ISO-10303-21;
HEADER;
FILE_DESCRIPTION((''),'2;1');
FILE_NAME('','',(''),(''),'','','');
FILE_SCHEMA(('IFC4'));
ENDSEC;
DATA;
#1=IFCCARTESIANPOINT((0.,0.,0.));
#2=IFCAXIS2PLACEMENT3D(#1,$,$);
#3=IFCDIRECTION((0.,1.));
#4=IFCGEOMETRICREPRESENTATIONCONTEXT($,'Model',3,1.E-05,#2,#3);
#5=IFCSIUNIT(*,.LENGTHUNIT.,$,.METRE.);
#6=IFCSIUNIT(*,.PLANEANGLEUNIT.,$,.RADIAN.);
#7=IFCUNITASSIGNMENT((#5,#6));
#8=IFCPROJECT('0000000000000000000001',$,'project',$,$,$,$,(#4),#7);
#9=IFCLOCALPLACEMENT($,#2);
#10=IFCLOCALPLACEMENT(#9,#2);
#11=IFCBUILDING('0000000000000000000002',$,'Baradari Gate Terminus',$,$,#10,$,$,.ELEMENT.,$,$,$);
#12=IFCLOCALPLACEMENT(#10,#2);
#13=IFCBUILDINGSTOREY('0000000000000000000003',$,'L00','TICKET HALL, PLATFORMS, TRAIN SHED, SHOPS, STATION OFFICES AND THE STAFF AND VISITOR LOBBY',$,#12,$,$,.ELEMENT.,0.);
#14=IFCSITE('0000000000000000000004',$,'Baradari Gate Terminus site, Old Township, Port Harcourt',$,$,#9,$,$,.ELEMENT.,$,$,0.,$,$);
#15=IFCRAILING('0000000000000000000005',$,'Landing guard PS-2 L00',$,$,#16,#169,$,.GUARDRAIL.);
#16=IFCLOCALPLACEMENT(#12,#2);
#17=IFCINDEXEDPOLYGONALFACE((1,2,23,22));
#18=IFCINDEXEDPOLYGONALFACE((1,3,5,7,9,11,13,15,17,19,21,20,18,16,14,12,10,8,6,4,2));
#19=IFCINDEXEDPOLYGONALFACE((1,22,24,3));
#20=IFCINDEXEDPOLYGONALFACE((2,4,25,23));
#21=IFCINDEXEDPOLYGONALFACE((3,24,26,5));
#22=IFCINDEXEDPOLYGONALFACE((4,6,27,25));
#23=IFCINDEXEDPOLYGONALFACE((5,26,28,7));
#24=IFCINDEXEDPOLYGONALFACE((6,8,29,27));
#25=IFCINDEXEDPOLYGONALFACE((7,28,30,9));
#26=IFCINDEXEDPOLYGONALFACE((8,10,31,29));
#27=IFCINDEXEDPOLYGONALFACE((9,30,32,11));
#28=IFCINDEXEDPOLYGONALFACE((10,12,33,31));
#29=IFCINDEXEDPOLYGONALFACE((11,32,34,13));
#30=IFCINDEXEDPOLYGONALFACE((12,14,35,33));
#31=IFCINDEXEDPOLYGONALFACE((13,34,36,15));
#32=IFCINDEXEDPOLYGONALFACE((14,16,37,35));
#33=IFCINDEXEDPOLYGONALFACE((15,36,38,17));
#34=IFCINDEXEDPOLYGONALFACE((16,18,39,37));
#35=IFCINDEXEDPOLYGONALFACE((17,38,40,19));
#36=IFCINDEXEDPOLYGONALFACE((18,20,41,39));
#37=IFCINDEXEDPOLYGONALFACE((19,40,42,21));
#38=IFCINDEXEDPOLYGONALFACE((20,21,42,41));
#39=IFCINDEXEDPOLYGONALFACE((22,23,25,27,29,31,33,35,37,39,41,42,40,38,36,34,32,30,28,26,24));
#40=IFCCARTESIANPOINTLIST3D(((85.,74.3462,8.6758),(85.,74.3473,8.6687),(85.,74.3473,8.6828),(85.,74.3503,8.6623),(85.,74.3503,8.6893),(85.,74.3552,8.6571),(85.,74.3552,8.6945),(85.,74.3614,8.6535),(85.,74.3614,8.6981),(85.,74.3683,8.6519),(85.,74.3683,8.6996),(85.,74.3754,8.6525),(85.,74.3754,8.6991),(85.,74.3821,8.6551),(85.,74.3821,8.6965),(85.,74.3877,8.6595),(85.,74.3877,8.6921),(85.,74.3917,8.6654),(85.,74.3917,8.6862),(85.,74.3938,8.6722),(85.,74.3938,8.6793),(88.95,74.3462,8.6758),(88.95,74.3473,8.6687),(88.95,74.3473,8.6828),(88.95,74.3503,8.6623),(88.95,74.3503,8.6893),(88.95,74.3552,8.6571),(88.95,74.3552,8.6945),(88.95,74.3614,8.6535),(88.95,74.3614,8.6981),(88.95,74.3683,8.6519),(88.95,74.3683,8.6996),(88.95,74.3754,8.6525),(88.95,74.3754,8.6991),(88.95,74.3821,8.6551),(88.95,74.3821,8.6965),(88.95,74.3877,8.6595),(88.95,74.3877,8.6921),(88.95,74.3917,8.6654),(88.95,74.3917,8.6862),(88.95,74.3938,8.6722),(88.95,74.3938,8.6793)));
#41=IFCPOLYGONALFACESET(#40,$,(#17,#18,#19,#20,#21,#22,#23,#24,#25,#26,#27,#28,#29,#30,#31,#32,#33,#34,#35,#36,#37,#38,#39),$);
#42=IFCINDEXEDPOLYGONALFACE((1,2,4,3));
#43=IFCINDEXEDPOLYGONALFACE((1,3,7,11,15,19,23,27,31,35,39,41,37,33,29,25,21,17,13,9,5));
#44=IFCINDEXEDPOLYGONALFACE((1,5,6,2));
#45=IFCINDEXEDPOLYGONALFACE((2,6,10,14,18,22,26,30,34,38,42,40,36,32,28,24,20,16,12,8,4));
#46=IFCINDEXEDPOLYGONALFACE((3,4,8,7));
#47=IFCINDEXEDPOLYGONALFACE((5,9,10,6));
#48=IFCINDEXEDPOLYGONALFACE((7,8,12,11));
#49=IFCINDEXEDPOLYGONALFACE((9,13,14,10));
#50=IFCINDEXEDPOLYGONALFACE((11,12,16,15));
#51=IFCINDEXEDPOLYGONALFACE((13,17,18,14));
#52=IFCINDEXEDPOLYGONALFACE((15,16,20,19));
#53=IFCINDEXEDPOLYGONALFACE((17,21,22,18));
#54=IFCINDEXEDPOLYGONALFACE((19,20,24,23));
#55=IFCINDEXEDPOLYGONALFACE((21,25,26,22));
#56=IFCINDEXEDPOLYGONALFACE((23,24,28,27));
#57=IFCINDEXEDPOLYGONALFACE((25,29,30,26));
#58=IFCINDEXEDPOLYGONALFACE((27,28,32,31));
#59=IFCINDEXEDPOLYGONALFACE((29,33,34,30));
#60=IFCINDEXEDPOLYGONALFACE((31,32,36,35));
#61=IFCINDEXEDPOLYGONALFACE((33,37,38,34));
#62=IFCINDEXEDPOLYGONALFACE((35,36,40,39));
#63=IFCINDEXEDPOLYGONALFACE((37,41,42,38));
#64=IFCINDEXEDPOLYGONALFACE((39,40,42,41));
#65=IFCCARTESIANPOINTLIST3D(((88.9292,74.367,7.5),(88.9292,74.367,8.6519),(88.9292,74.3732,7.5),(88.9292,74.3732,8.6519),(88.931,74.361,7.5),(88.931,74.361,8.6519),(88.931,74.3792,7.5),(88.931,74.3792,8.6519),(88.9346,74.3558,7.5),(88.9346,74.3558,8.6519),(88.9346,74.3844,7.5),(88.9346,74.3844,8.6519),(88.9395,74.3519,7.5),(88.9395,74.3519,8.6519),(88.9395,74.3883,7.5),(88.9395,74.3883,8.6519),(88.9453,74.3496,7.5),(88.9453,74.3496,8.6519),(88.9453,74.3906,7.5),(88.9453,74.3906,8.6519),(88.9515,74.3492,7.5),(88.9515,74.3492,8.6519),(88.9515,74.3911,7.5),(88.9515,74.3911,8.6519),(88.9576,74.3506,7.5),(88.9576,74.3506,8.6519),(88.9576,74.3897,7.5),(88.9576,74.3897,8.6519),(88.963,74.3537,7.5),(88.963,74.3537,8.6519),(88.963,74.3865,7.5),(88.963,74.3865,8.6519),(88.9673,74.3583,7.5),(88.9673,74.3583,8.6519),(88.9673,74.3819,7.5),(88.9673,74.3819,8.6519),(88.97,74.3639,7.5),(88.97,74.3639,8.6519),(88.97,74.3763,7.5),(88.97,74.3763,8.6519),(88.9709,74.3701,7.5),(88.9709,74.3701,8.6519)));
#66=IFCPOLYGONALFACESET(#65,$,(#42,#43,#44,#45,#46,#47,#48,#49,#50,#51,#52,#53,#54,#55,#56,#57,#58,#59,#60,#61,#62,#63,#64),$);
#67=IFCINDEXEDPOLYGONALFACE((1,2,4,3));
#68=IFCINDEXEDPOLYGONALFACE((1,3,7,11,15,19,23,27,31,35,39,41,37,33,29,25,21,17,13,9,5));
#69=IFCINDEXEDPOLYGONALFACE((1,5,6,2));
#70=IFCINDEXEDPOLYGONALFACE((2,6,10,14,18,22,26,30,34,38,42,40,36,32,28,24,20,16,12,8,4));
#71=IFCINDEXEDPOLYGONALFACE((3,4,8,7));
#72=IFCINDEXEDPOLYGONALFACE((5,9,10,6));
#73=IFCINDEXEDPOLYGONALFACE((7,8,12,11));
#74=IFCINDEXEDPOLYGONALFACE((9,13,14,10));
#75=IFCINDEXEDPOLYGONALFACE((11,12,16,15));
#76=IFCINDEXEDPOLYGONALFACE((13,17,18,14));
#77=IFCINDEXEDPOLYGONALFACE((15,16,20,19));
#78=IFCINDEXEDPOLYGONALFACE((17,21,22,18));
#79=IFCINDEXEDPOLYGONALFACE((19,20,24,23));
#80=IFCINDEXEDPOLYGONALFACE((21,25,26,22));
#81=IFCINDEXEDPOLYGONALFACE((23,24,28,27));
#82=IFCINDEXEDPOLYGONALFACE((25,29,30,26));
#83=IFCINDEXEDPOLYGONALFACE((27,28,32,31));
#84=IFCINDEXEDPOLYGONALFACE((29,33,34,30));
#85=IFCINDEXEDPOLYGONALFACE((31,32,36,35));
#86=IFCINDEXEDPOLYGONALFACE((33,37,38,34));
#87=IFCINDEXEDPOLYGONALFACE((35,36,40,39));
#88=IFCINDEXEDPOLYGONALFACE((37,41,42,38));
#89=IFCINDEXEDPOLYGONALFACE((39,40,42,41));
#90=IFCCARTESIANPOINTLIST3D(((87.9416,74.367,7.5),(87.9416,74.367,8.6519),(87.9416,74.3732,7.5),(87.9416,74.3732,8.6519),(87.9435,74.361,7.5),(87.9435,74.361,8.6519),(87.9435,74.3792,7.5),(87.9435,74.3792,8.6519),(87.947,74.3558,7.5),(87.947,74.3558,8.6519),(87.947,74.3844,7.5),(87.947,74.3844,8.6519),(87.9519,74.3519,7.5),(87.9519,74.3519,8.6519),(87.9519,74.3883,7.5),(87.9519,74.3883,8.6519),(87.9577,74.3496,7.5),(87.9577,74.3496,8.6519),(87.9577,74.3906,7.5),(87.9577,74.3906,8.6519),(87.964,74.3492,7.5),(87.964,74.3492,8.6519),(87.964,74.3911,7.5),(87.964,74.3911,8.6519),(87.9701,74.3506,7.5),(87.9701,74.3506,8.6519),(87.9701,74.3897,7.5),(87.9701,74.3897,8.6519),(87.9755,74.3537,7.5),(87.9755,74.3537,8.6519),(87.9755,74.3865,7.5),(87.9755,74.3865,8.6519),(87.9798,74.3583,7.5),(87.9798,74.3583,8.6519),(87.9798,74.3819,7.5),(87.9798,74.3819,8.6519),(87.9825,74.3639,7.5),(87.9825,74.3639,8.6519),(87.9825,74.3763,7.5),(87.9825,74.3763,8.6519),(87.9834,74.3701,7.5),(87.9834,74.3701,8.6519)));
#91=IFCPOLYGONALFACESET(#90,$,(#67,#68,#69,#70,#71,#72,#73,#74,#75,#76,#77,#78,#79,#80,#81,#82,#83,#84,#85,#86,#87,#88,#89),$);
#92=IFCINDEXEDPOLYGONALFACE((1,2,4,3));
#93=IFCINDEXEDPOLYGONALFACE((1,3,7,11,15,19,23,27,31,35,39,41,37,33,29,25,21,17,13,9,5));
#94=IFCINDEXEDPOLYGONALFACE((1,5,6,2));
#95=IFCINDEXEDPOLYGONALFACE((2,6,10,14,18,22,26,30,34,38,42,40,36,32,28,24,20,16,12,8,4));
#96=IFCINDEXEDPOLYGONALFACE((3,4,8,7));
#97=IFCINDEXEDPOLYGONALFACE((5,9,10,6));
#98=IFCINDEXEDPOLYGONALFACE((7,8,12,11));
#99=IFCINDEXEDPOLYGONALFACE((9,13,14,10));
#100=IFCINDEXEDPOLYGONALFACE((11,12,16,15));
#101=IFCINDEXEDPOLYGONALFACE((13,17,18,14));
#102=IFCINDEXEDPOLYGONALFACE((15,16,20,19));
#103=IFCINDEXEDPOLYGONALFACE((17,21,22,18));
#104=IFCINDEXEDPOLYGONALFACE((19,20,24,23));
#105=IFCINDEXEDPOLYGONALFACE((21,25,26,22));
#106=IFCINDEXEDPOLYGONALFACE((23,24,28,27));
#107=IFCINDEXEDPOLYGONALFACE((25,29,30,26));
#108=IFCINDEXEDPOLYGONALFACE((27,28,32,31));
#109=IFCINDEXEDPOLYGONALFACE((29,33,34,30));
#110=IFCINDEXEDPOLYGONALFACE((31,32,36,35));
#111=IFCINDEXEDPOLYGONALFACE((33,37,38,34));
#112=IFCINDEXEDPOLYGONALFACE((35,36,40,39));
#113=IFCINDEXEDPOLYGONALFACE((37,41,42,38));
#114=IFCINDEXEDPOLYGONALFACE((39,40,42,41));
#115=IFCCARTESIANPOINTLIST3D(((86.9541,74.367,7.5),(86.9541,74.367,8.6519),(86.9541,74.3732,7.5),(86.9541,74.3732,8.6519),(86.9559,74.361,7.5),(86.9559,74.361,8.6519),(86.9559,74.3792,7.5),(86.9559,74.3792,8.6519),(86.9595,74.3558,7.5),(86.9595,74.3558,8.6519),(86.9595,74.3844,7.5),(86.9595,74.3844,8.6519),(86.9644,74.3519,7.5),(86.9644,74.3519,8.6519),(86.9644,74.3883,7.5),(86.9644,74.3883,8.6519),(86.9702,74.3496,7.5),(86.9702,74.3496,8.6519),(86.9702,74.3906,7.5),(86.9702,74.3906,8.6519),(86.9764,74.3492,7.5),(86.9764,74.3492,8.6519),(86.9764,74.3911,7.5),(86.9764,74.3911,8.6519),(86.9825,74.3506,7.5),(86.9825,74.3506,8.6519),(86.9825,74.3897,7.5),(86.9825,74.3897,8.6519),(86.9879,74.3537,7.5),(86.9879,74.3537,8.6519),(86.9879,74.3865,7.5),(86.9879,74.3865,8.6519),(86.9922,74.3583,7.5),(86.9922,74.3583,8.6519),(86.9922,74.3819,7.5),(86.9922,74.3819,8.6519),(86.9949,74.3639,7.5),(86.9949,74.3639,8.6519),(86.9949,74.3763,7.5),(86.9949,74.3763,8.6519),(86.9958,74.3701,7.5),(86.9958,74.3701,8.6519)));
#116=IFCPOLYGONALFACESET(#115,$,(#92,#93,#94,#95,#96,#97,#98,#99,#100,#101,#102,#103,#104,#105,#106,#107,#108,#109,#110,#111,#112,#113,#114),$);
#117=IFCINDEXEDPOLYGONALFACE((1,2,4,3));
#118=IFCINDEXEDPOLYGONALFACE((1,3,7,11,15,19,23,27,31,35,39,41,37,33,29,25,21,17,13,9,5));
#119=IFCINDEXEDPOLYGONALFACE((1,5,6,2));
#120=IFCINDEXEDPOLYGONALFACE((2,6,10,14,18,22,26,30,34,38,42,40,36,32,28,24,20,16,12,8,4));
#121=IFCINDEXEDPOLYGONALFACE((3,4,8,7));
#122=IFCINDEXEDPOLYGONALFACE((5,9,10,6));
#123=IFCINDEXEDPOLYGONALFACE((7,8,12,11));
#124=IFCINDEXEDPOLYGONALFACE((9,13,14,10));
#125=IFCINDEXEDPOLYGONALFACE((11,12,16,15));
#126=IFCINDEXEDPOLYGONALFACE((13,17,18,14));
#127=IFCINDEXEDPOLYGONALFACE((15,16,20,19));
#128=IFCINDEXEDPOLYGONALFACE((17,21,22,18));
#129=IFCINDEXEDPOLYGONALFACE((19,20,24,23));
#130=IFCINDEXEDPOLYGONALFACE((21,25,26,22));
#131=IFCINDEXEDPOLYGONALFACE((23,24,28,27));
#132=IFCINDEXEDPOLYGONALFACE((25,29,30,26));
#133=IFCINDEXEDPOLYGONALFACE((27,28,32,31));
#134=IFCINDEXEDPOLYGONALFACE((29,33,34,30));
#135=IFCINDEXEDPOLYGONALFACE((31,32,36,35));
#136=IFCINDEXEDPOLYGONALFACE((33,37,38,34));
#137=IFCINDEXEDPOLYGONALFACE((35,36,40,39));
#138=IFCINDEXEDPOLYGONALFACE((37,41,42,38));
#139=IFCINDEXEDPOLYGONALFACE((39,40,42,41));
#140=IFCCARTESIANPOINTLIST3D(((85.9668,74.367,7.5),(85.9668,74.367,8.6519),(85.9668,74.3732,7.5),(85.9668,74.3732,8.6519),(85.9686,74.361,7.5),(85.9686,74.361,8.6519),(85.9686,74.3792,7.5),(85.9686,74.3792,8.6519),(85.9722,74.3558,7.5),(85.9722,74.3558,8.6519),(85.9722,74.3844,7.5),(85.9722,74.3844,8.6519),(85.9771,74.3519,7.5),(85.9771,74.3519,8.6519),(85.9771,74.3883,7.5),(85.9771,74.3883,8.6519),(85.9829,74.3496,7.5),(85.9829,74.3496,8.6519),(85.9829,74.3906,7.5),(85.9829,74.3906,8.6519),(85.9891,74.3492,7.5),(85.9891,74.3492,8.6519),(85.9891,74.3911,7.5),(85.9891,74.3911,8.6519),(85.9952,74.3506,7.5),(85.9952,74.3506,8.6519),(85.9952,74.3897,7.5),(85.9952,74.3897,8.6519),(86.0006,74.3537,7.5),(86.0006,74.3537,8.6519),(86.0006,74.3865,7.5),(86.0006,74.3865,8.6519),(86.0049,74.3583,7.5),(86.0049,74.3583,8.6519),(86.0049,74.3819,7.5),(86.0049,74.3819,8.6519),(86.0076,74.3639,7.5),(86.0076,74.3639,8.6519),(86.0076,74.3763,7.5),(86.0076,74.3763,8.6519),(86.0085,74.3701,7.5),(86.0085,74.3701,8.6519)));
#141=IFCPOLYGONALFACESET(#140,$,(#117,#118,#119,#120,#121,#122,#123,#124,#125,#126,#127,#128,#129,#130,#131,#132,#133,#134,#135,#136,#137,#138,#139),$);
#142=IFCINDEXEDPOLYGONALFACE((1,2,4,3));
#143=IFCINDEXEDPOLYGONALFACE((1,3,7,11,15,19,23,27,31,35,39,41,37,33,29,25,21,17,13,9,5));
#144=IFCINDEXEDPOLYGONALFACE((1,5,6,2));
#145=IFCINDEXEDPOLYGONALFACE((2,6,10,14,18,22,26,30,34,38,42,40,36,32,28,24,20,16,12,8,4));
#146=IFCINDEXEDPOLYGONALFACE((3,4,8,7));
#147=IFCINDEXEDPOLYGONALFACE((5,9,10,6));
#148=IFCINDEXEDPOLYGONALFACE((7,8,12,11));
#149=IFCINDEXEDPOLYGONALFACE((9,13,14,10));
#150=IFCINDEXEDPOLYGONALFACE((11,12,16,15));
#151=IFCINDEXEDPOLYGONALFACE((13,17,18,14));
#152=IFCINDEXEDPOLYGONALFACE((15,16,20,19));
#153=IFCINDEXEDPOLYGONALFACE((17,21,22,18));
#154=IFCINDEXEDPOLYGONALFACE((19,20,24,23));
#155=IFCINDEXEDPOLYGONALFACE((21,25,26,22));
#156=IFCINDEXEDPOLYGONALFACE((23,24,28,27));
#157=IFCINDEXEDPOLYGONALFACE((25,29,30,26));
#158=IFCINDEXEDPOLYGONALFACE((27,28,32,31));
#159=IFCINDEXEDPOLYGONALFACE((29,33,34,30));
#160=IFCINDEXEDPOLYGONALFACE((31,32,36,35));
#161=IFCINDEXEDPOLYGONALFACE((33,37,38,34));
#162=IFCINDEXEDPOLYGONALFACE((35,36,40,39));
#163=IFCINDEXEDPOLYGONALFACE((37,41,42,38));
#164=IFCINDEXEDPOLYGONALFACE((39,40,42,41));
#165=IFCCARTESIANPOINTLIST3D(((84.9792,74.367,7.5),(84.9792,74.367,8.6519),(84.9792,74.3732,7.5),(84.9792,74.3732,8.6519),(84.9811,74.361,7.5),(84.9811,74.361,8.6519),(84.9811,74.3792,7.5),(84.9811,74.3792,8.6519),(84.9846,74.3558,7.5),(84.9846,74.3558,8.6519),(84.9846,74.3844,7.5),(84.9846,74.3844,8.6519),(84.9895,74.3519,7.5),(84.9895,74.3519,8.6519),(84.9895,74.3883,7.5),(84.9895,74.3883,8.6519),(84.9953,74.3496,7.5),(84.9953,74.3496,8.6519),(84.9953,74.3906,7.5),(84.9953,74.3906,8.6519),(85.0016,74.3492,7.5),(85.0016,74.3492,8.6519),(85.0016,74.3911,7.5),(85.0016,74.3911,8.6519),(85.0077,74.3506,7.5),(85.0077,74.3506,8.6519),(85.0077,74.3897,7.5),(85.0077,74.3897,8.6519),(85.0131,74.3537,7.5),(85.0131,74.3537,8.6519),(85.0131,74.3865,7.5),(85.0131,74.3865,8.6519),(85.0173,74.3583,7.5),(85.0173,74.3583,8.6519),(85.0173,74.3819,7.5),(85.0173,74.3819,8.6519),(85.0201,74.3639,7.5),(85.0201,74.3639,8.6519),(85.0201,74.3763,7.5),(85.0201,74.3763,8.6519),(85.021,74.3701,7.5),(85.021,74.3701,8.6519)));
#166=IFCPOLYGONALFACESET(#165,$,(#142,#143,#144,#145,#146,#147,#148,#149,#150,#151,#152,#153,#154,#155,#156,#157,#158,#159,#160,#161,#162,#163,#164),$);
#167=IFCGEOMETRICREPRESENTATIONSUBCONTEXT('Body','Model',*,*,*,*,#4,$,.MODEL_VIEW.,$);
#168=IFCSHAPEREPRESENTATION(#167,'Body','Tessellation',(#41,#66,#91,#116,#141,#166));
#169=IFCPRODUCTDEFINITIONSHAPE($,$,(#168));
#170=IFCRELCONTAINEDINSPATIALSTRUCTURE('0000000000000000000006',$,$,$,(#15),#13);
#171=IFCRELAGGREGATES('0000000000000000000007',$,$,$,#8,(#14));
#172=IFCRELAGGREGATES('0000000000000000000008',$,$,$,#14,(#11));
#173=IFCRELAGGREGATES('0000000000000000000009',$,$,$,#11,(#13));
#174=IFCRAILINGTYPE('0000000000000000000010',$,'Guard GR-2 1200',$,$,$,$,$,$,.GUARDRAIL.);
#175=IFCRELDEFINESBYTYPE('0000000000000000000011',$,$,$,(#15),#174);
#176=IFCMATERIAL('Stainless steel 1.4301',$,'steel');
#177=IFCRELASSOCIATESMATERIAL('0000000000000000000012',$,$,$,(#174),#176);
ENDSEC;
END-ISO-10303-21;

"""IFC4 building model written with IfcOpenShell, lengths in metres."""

from ifc_helpers import new_model, si_unit, direction, frame, origin, origin_2d, place, context, subcontext, project, spatial, circle, extrude, material, type_object, element, save


model = new_model("IFC4")

# Units and contexts
model_context = context("Model", 3, precision=1e-05, world=origin(), true_north=direction((0.0, 1.0)))
body_context = subcontext(model_context, "Body", "Model", "MODEL_VIEW")
ifc_project = project(units=[si_unit("LENGTHUNIT", "METRE"), si_unit("PLANEANGLEUNIT", "RADIAN")], contexts=[model_context])

# Site, building, storey
site_placement = place(None, origin())
site = spatial("IfcSite", under=ifc_project, at=site_placement, Name="Baradari Gate Terminus site, Old Township, Port Harcourt", CompositionType="ELEMENT", RefElevation=0.0)
building_placement = place(site_placement, origin())
building = spatial("IfcBuilding", under=site, at=building_placement, Name="Baradari Gate Terminus", CompositionType="ELEMENT")
storey_placement = place(building_placement, origin())
storey = spatial("IfcBuildingStorey", under=building, at=storey_placement, Name="L00", Description="TICKET HALL, PLATFORMS, TRAIN SHED, SHOPS, STATION OFFICES AND THE STAFF AND VISITOR LOBBY", CompositionType="ELEMENT", Elevation=0.0)

# Railing
ifc_material_1 = material(Name="Stainless steel 1.4301", Category="steel")
railing_type_1 = type_object("IfcRailingType", Name="Guard GR-2 1200", PredefinedType="GUARDRAIL", material=ifc_material_1)
railing_1_placement = place(storey_placement, frame((88.95, 74.3701, 7.5)))
element("IfcRailing", 1, at=railing_1_placement, inside=storey, type_object=railing_type_1, Name="Landing guard PS-2 L00", PredefinedType="GUARDRAIL", context=body_context, shape_type="SweptSolid", body=[
    extrude(circle(Radius=0.0239, at=origin_2d()), frame((0.0, 0.0, 1.1758), z_axis=(-1.0, 0.0, 0.0), x_axis=(0.0, -1.0, 0.0)), (0.0, 0.0, 1.0), 3.95),
    extrude(circle(Radius=0.021, at=origin_2d()), origin(), (0.0, 0.0, 1.0), 1.1519),
    extrude(circle(Radius=0.021, at=origin_2d()), frame((-0.9875, 0.0, 0.0)), (0.0, 0.0, 1.0), 1.1519),
    extrude(circle(Radius=0.021, at=origin_2d()), frame((-1.9751, 0.0, 0.0)), (0.0, 0.0, 1.0), 1.1519),
    extrude(circle(Radius=0.021, at=origin_2d()), frame((-2.9624, 0.0, 0.0)), (0.0, 0.0, 1.0), 1.1519),
    extrude(circle(Radius=0.021, at=origin_2d()), frame((-3.95, 0.0, 0.0)), (0.0, 0.0, 1.0), 1.1519),
])

save(model, "model.ifc")
